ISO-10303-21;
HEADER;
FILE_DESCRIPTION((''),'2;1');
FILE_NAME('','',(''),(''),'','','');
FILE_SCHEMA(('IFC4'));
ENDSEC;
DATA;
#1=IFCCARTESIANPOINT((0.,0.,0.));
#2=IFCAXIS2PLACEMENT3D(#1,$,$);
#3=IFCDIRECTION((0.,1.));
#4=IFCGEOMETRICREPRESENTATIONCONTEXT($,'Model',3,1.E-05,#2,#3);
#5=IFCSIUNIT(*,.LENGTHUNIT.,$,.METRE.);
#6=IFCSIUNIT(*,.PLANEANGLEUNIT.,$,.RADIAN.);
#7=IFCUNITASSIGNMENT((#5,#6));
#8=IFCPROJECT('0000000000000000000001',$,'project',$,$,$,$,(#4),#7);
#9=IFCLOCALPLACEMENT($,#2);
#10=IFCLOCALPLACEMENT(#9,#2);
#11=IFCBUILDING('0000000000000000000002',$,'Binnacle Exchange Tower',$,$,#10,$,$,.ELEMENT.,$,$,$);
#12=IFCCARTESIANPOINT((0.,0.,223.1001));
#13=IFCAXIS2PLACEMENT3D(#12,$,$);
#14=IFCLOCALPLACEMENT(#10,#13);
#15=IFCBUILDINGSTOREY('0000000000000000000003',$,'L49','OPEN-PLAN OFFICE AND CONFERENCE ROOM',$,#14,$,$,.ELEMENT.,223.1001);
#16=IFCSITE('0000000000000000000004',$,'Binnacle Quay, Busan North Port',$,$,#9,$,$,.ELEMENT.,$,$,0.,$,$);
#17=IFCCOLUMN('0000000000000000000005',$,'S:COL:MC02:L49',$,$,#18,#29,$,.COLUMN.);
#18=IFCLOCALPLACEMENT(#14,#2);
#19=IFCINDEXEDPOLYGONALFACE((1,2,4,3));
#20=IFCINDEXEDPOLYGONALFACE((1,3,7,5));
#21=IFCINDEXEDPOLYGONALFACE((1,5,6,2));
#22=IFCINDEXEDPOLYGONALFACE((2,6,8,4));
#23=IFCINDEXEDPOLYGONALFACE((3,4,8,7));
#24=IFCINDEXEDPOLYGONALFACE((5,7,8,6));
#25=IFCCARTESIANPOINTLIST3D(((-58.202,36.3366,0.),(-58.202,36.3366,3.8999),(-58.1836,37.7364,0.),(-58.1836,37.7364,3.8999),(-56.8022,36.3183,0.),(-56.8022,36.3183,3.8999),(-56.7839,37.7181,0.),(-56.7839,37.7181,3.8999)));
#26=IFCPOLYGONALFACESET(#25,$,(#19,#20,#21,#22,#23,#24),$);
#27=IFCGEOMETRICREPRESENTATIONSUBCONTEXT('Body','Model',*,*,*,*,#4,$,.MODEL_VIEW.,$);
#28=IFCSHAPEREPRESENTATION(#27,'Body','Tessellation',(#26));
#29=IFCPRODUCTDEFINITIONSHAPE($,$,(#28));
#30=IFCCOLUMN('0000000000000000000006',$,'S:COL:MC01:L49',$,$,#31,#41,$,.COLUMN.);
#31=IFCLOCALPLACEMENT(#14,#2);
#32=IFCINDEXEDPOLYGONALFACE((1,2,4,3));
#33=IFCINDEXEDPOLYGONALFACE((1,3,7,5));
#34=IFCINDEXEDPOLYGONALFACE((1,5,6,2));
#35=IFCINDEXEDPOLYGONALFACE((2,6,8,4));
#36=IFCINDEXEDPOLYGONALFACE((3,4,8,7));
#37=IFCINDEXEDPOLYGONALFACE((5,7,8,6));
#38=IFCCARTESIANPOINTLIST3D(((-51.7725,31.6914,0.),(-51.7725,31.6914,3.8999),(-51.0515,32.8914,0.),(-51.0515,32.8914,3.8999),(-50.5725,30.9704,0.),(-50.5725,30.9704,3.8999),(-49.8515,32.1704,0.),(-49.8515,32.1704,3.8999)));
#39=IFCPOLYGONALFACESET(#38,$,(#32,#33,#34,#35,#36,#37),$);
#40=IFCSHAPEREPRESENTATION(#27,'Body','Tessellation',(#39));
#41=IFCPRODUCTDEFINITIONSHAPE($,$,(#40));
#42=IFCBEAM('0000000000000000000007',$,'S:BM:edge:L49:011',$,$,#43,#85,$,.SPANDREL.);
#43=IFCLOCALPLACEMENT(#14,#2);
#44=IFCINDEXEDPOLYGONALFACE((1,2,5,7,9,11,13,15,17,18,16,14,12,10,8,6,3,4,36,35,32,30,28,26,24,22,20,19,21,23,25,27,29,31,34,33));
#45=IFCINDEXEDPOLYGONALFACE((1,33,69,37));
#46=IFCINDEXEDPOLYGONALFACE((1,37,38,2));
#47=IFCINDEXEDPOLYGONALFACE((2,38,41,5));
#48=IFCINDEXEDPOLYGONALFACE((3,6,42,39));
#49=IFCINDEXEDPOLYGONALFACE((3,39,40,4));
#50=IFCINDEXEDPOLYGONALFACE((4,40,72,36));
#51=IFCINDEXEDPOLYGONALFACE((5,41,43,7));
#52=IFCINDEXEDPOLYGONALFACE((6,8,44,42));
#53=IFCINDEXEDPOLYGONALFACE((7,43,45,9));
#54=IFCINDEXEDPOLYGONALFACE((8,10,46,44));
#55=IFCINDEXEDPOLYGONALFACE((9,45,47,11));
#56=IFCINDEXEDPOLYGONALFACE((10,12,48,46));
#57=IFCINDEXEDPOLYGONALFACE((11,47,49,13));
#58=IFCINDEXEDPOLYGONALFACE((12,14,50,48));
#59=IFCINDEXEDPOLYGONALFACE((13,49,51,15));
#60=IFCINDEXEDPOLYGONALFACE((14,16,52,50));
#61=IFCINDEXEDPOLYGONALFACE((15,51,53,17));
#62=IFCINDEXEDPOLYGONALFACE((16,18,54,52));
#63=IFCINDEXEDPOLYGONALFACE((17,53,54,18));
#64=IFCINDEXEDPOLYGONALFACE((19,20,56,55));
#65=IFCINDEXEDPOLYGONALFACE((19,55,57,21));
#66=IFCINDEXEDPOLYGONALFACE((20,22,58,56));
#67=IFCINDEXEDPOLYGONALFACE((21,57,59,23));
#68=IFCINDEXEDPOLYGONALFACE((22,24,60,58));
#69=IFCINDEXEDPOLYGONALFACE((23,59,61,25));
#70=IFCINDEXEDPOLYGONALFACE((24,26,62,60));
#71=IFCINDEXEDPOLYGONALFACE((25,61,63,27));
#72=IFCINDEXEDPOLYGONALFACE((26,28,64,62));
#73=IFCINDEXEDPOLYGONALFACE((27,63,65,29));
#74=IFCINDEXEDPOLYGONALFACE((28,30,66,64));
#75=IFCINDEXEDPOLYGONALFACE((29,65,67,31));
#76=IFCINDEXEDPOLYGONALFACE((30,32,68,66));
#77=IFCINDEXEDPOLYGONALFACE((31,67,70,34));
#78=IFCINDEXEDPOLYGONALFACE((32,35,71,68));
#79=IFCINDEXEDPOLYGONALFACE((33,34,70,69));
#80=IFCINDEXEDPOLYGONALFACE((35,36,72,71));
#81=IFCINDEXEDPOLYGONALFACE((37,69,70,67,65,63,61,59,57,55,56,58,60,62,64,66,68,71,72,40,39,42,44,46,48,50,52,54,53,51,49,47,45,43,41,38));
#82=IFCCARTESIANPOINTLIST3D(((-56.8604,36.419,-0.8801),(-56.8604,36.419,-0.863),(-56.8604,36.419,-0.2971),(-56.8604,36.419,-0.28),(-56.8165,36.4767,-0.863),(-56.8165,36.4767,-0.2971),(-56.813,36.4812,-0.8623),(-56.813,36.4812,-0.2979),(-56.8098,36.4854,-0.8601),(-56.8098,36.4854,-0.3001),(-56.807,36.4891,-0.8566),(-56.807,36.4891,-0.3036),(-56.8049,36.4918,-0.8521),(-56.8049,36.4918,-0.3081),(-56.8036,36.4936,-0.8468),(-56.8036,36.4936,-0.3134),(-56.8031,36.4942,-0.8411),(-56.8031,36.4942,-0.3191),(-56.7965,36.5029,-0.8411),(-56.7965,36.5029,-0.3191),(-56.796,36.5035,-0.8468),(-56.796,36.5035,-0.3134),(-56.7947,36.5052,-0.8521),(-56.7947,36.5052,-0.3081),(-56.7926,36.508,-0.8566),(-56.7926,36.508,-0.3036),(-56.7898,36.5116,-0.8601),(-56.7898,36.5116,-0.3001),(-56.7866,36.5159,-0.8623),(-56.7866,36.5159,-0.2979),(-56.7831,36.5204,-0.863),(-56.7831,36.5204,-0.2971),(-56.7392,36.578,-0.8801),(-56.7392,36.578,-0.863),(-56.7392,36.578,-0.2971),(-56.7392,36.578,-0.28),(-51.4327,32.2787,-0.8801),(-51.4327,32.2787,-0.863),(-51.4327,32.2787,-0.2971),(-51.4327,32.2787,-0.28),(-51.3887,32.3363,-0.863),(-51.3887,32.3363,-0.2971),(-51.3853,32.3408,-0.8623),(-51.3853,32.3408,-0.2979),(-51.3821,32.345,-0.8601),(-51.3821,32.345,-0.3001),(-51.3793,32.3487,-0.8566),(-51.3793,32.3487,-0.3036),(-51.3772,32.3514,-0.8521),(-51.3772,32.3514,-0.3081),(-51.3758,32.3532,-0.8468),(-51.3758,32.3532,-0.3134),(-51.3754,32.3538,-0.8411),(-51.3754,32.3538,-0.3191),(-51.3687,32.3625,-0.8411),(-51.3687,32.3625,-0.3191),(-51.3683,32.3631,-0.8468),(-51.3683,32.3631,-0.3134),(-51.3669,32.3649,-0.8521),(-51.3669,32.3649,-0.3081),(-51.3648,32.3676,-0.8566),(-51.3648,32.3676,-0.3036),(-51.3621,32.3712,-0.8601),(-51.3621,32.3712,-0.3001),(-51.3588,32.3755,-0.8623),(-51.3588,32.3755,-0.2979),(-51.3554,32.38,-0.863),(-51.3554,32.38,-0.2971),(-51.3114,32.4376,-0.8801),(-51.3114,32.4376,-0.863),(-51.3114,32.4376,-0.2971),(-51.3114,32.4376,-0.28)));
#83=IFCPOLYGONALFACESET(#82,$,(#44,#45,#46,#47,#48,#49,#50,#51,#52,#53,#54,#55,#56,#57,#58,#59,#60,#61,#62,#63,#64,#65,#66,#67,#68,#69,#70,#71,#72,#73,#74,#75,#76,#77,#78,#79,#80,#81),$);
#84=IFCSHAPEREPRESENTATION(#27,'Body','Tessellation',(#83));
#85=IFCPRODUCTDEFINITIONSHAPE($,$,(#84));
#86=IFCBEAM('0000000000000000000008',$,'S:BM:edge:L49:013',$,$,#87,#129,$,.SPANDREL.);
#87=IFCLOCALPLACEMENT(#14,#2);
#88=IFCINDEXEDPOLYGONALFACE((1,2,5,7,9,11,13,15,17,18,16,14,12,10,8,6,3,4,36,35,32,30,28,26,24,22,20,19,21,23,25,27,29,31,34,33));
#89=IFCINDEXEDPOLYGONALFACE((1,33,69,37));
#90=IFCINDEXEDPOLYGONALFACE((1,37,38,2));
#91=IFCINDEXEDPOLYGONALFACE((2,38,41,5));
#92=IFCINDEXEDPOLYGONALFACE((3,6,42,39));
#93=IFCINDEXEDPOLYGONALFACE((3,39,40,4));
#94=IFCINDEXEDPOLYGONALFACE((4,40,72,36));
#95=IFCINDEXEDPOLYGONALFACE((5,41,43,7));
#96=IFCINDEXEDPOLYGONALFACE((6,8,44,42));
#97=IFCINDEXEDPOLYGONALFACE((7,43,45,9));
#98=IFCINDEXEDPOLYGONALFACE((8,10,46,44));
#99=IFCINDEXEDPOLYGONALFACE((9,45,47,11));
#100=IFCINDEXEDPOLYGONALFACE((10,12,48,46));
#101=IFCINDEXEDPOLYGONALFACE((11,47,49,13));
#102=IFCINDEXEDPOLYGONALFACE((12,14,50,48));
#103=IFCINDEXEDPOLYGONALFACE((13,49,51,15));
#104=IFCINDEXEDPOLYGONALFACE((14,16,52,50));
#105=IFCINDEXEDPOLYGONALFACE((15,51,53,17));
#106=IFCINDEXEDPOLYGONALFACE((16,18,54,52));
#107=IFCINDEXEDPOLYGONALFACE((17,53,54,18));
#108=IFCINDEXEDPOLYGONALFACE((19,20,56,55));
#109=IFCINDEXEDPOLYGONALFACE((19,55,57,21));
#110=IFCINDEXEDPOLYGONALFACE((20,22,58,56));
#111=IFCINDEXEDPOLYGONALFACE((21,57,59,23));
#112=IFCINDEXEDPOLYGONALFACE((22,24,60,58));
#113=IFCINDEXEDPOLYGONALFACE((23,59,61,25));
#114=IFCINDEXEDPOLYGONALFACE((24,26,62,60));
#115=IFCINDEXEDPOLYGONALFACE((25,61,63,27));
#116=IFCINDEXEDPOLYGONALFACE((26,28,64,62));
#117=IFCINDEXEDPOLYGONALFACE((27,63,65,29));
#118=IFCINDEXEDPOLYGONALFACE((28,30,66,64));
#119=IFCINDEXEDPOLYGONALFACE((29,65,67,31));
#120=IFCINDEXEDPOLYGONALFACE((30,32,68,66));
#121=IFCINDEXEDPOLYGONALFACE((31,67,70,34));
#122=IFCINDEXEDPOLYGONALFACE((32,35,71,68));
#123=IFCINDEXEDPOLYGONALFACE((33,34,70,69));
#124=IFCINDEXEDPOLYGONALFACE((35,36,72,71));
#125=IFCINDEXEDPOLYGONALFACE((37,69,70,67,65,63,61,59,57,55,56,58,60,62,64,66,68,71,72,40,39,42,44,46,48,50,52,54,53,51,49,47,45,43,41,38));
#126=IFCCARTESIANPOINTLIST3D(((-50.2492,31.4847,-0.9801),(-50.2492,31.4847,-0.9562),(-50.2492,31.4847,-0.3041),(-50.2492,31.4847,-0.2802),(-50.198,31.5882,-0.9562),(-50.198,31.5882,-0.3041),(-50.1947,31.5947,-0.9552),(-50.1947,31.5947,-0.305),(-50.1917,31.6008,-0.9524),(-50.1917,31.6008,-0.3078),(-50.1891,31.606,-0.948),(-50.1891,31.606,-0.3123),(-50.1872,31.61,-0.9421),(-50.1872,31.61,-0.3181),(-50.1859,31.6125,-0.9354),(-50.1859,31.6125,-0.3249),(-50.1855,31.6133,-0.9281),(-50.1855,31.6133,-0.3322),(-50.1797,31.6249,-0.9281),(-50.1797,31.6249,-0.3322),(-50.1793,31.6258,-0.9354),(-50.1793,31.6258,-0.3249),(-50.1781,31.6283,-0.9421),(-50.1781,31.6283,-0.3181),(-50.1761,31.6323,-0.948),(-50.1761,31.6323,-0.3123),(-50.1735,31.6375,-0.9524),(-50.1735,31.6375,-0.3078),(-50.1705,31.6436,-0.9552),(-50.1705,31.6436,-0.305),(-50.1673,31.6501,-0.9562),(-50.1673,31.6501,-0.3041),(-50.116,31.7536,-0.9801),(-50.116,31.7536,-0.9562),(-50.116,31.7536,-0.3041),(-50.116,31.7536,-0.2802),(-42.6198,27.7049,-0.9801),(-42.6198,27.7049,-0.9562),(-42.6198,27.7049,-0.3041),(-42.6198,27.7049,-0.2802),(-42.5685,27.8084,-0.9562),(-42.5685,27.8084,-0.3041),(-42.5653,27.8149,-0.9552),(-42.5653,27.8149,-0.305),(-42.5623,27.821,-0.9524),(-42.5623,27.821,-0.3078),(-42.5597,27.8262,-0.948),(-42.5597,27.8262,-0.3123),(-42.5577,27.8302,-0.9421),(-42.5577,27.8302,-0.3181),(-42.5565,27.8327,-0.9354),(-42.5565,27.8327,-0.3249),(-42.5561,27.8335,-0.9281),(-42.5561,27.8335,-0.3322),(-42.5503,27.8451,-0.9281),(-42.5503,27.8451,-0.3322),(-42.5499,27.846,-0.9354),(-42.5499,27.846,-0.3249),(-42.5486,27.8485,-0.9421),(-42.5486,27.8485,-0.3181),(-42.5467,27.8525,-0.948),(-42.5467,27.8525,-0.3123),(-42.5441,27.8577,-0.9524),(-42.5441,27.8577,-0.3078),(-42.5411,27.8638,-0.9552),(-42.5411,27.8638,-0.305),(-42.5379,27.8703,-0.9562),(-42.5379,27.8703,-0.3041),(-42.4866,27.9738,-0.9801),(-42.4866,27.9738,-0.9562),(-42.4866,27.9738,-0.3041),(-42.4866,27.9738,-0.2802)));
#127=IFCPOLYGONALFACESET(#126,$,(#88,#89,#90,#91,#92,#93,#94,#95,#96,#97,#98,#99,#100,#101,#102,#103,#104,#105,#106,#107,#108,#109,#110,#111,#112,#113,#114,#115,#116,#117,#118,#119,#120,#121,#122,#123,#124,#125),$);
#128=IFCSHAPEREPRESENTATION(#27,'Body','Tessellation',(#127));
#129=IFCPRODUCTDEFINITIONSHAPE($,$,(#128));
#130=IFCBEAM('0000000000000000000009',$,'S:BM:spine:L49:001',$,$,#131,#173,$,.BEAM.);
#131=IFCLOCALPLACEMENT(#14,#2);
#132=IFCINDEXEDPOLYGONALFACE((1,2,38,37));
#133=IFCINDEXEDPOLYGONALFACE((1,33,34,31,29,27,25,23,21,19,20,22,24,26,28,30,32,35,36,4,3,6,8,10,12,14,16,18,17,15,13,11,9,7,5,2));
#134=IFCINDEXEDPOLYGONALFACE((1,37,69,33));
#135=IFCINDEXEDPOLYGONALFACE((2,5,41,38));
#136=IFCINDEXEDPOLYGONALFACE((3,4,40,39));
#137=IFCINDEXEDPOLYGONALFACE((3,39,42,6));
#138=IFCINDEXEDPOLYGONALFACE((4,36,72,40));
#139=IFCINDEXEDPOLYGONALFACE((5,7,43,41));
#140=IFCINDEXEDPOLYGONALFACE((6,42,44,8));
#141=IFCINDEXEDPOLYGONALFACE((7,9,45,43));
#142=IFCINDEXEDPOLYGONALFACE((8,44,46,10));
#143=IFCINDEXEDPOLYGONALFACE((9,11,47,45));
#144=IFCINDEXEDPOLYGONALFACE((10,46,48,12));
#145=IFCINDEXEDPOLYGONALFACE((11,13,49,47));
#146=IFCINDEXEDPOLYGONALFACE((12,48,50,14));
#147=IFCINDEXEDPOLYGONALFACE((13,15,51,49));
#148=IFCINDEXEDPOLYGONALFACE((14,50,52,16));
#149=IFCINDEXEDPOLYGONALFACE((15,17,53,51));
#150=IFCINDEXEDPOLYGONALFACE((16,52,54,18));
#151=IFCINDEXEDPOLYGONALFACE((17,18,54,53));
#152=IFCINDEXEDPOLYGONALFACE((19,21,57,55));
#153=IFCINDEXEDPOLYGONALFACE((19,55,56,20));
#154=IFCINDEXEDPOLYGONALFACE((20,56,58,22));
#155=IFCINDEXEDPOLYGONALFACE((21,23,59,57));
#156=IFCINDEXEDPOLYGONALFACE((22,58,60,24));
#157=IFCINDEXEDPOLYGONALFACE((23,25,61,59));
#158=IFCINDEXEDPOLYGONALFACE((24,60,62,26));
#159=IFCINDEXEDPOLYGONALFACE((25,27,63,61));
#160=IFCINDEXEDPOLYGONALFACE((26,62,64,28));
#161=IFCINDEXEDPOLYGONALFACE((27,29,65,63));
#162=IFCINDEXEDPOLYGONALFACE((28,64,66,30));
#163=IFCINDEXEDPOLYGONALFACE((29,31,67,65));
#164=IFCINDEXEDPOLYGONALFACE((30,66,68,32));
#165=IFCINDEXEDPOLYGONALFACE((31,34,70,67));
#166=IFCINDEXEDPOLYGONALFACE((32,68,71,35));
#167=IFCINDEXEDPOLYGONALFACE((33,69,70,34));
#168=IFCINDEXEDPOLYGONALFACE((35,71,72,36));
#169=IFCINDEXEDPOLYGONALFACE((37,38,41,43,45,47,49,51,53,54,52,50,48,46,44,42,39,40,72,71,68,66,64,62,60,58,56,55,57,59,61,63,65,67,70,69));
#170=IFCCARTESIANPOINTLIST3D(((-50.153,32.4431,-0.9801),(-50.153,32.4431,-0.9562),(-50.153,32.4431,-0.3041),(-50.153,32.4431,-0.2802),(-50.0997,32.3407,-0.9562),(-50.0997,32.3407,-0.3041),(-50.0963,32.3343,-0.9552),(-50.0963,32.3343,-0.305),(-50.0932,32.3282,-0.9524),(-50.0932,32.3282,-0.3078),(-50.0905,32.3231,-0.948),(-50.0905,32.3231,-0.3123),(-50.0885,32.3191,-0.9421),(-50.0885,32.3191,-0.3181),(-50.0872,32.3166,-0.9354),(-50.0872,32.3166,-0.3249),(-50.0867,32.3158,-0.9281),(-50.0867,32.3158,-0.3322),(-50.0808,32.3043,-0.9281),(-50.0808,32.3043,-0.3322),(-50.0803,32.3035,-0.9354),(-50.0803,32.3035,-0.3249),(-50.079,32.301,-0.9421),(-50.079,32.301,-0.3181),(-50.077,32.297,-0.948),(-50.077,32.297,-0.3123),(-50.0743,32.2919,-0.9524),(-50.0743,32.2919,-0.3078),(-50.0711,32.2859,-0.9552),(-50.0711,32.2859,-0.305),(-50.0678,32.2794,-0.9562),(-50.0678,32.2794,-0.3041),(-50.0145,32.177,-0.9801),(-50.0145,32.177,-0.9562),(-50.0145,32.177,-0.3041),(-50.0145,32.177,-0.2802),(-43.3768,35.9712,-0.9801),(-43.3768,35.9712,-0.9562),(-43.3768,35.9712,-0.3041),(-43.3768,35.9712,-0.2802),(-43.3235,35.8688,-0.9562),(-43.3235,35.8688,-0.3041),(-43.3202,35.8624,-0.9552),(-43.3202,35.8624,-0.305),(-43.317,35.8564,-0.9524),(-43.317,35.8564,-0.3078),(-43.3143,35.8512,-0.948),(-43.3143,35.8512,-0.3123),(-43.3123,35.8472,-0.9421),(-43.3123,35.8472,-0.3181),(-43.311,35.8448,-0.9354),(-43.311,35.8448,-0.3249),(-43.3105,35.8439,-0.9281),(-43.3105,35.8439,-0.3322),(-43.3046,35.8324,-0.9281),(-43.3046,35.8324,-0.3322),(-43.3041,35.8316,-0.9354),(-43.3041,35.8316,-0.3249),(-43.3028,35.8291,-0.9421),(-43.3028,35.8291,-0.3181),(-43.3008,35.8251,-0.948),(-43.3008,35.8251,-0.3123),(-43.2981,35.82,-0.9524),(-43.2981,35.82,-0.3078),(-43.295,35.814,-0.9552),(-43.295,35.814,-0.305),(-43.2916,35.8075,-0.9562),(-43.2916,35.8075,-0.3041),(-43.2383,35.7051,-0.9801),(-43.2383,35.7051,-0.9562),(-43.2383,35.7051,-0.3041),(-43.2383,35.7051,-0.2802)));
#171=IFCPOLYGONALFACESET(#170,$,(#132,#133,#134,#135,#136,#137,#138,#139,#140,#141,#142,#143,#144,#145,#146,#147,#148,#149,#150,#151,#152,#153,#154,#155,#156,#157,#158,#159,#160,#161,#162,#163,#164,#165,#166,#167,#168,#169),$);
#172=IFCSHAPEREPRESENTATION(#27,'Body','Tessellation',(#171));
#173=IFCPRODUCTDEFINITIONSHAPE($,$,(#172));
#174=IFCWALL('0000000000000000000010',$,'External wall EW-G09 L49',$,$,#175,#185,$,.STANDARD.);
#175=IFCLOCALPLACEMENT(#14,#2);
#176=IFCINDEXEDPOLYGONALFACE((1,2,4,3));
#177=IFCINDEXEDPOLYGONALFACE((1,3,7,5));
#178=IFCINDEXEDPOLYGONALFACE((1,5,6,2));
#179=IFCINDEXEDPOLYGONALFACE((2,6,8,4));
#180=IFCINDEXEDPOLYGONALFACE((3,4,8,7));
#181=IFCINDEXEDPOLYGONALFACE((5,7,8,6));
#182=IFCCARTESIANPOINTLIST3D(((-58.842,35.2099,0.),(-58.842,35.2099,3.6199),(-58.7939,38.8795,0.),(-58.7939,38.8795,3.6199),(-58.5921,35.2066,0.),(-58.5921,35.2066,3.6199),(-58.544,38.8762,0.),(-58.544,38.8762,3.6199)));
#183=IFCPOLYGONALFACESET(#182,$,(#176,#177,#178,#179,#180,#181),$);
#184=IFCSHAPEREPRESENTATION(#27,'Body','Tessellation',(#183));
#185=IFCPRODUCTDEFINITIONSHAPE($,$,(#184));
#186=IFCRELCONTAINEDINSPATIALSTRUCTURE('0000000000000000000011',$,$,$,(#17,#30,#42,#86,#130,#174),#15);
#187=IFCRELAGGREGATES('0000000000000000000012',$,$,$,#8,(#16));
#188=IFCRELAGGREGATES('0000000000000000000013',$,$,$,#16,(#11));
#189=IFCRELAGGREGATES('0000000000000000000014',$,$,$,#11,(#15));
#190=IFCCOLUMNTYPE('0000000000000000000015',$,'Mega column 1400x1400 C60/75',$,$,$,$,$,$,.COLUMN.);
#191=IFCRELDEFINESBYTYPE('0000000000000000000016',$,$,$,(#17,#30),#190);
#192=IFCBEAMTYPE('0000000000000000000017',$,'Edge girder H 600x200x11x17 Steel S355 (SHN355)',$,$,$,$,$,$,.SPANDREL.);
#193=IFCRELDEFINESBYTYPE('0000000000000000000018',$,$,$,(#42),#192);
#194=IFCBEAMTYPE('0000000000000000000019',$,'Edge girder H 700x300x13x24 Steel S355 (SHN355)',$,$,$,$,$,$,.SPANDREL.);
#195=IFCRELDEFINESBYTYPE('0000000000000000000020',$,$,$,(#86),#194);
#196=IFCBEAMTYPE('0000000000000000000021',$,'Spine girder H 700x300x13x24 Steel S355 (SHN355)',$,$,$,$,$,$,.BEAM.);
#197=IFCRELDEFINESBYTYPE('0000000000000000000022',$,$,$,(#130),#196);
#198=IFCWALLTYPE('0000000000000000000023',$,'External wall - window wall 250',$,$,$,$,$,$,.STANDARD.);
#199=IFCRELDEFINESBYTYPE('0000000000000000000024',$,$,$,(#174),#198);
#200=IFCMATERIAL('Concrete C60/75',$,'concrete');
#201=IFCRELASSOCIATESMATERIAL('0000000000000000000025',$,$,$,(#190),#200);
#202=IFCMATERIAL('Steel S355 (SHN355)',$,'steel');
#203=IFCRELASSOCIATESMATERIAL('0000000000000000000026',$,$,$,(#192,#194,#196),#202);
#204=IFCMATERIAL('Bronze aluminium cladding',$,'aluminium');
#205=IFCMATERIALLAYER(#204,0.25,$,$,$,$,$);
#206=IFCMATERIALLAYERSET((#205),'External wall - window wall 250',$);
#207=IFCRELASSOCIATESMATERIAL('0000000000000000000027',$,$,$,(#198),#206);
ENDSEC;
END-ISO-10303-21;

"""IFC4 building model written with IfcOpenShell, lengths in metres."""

from ifc_helpers import new_model, si_unit, direction, frame, frame_2d, origin, origin_2d, place, context, subcontext, project, spatial, rectangle, i_section, extrude, material, layer, layer_set, material_profile, profile_set, type_object, element, save


model = new_model("IFC4")

# Units and contexts
model_context = context("Model", 3, precision=1e-05, world=origin(), true_north=direction((0.0, 1.0)))
body_context = subcontext(model_context, "Body", "Model", "MODEL_VIEW")
ifc_project = project(units=[si_unit("LENGTHUNIT", "METRE"), si_unit("PLANEANGLEUNIT", "RADIAN")], contexts=[model_context])

# Site, building, storey
site_placement = place(None, origin())
site = spatial("IfcSite", under=ifc_project, at=site_placement, Name="Binnacle Quay, Busan North Port", CompositionType="ELEMENT", RefElevation=0.0)
building_placement = place(site_placement, origin())
building = spatial("IfcBuilding", under=site, at=building_placement, Name="Binnacle Exchange Tower", CompositionType="ELEMENT")
storey_placement = place(building_placement, frame((0.0, 0.0, 223.1001)))
storey = spatial("IfcBuildingStorey", under=building, at=storey_placement, Name="L49", Description="OPEN-PLAN OFFICE AND CONFERENCE ROOM", CompositionType="ELEMENT", Elevation=223.1001)

# Columns
ifc_material_1 = material(Name="Concrete C60/75", Category="concrete")
ifc_material_profile_1 = material_profile(ifc_material_1, rectangle(XDim=1.3999, YDim=1.3999, at=origin_2d()), Name="Mega column 1400x1400 C60/75")
ifc_profile_set_1 = profile_set([ifc_material_profile_1], Name="Concrete C60/75")
column_type = type_object("IfcColumnType", Name="Mega column 1400x1400 C60/75", PredefinedType="COLUMN", material=ifc_profile_set_1)
for number, where, z_axis, x_axis, name in (
    (1, (-57.4929, 37.0273, 0.0), (0.0, 0.0, 1.0), (-0.01309, -0.999914, 0.0), "S:COL:MC02:L49"),
    (2, (-50.812, 31.9309, 0.0), (0.0, 0.0, 1.0), (0.857167, -0.515038, 0.0), "S:COL:MC01:L49"),
):
    element("IfcColumn", number, at=place(storey_placement, frame(where, z_axis=z_axis, x_axis=x_axis)), inside=storey, type_object=column_type, Name=name, PredefinedType="COLUMN", context=body_context, shape_type="SweptSolid", body=[
        extrude(rectangle(XDim=1.3999, YDim=1.3999, at=origin_2d()), origin(), (0.0, 0.0, 1.0), 3.8999),
    ])

# Beams
ifc_material_2 = material(Name="Steel S355 (SHN355)", Category="steel")
ifc_material_profile_2 = material_profile(ifc_material_2, i_section(OverallWidth=0.2, OverallDepth=0.6001, WebThickness=0.011, FlangeThickness=0.0171, FilletRadius=0.022, at=origin_2d()), Name="H 600x200x11x17")
ifc_profile_set_2 = profile_set([ifc_material_profile_2], Name="Steel S355 (SHN355)")
beam_type_1 = type_object("IfcBeamType", Name="Edge girder H 600x200x11x17 Steel S355 (SHN355)", PredefinedType="SPANDREL", material=ifc_profile_set_2)
beam_1_placement = place(storey_placement, frame((-56.7998, 36.4985, -0.5801), z_axis=(0.795081, -0.606503, 0.0), x_axis=(0.606503, 0.795081, 0.0)))
element("IfcBeam", 3, at=beam_1_placement, inside=storey, type_object=beam_type_1, Name="S:BM:edge:L49:011", PredefinedType="SPANDREL", context=body_context, shape_type="SweptSolid", body=[
    extrude(i_section(OverallWidth=0.2, OverallDepth=0.6001, WebThickness=0.011, FlangeThickness=0.0171, FilletRadius=0.022, at=origin_2d()), origin(), (0.0, 0.0, 1.0), 6.8267),
])
ifc_material_profile_3 = material_profile(ifc_material_2, i_section(OverallWidth=0.3, OverallDepth=0.7, WebThickness=0.0129, FlangeThickness=0.0239, FilletRadius=0.0281, at=origin_2d()), Name="H 700x300x13x24")
ifc_profile_set_3 = profile_set([ifc_material_profile_3], Name="Steel S355 (SHN355)")
beam_type_2 = type_object("IfcBeamType", Name="Edge girder H 700x300x13x24 Steel S355 (SHN355)", PredefinedType="SPANDREL", material=ifc_profile_set_3)
beam_2_placement = place(storey_placement, frame((-50.1826, 31.6191, -0.6301), z_axis=(0.896061, -0.44393, 0.0), x_axis=(0.44393, 0.896061, 0.0)))
element("IfcBeam", 4, at=beam_2_placement, inside=storey, type_object=beam_type_2, Name="S:BM:edge:L49:013", PredefinedType="SPANDREL", context=body_context, shape_type="SweptSolid", body=[
    extrude(i_section(OverallWidth=0.3, OverallDepth=0.7, WebThickness=0.0129, FlangeThickness=0.0239, FilletRadius=0.0281, at=origin_2d()), origin(), (0.0, 0.0, 1.0), 8.5144),
])
ifc_material_profile_4 = material_profile(ifc_material_2, i_section(OverallWidth=0.3, OverallDepth=0.7, WebThickness=0.0129, FlangeThickness=0.0239, FilletRadius=0.0281, at=origin_2d()), Name="H 700x300x13x24")
ifc_profile_set_4 = profile_set([ifc_material_profile_4], Name="Steel S355 (SHN355)")
beam_type_3 = type_object("IfcBeamType", Name="Spine girder H 700x300x13x24 Steel S355 (SHN355)", PredefinedType="BEAM", material=ifc_profile_set_4)
beam_3_placement = place(storey_placement, frame((-50.0837, 32.3101, -0.6301), z_axis=(0.886976, 0.461816, 0.0), x_axis=(-0.461816, 0.886976, 0.0)))
element("IfcBeam", 5, at=beam_3_placement, inside=storey, type_object=beam_type_3, Name="S:BM:spine:L49:001", PredefinedType="BEAM", context=body_context, shape_type="SweptSolid", body=[
    extrude(i_section(OverallWidth=0.3, OverallDepth=0.7, WebThickness=0.0129, FlangeThickness=0.0239, FilletRadius=0.0281, at=origin_2d()), origin(), (0.0, 0.0, 1.0), 7.6396),
])

# Wall
ifc_material_3 = material(Name="Bronze aluminium cladding", Category="aluminium")
ifc_layer_1 = layer(ifc_material_3, 0.25)
ifc_layer_set_1 = layer_set([ifc_layer_1], Name="External wall - window wall 250")
wall_type_1 = type_object("IfcWallType", Name="External wall - window wall 250", PredefinedType="STANDARD", material=ifc_layer_set_1)
wall_1_placement = place(storey_placement, frame((-58.717, 35.2083, 0.0), z_axis=(0.0, 0.0, 1.0), x_axis=(0.013105, 0.999914, 0.0)))
element("IfcWall", 6, at=wall_1_placement, inside=storey, type_object=wall_type_1, Name="External wall EW-G09 L49", PredefinedType="STANDARD", context=body_context, shape_type="SweptSolid", body=[
    extrude(rectangle(XDim=3.6699, YDim=0.25, at=frame_2d((1.835, 0.0))), origin(), (0.0, 0.0, 1.0), 3.6199),
])

save(model, "model.ifc")
